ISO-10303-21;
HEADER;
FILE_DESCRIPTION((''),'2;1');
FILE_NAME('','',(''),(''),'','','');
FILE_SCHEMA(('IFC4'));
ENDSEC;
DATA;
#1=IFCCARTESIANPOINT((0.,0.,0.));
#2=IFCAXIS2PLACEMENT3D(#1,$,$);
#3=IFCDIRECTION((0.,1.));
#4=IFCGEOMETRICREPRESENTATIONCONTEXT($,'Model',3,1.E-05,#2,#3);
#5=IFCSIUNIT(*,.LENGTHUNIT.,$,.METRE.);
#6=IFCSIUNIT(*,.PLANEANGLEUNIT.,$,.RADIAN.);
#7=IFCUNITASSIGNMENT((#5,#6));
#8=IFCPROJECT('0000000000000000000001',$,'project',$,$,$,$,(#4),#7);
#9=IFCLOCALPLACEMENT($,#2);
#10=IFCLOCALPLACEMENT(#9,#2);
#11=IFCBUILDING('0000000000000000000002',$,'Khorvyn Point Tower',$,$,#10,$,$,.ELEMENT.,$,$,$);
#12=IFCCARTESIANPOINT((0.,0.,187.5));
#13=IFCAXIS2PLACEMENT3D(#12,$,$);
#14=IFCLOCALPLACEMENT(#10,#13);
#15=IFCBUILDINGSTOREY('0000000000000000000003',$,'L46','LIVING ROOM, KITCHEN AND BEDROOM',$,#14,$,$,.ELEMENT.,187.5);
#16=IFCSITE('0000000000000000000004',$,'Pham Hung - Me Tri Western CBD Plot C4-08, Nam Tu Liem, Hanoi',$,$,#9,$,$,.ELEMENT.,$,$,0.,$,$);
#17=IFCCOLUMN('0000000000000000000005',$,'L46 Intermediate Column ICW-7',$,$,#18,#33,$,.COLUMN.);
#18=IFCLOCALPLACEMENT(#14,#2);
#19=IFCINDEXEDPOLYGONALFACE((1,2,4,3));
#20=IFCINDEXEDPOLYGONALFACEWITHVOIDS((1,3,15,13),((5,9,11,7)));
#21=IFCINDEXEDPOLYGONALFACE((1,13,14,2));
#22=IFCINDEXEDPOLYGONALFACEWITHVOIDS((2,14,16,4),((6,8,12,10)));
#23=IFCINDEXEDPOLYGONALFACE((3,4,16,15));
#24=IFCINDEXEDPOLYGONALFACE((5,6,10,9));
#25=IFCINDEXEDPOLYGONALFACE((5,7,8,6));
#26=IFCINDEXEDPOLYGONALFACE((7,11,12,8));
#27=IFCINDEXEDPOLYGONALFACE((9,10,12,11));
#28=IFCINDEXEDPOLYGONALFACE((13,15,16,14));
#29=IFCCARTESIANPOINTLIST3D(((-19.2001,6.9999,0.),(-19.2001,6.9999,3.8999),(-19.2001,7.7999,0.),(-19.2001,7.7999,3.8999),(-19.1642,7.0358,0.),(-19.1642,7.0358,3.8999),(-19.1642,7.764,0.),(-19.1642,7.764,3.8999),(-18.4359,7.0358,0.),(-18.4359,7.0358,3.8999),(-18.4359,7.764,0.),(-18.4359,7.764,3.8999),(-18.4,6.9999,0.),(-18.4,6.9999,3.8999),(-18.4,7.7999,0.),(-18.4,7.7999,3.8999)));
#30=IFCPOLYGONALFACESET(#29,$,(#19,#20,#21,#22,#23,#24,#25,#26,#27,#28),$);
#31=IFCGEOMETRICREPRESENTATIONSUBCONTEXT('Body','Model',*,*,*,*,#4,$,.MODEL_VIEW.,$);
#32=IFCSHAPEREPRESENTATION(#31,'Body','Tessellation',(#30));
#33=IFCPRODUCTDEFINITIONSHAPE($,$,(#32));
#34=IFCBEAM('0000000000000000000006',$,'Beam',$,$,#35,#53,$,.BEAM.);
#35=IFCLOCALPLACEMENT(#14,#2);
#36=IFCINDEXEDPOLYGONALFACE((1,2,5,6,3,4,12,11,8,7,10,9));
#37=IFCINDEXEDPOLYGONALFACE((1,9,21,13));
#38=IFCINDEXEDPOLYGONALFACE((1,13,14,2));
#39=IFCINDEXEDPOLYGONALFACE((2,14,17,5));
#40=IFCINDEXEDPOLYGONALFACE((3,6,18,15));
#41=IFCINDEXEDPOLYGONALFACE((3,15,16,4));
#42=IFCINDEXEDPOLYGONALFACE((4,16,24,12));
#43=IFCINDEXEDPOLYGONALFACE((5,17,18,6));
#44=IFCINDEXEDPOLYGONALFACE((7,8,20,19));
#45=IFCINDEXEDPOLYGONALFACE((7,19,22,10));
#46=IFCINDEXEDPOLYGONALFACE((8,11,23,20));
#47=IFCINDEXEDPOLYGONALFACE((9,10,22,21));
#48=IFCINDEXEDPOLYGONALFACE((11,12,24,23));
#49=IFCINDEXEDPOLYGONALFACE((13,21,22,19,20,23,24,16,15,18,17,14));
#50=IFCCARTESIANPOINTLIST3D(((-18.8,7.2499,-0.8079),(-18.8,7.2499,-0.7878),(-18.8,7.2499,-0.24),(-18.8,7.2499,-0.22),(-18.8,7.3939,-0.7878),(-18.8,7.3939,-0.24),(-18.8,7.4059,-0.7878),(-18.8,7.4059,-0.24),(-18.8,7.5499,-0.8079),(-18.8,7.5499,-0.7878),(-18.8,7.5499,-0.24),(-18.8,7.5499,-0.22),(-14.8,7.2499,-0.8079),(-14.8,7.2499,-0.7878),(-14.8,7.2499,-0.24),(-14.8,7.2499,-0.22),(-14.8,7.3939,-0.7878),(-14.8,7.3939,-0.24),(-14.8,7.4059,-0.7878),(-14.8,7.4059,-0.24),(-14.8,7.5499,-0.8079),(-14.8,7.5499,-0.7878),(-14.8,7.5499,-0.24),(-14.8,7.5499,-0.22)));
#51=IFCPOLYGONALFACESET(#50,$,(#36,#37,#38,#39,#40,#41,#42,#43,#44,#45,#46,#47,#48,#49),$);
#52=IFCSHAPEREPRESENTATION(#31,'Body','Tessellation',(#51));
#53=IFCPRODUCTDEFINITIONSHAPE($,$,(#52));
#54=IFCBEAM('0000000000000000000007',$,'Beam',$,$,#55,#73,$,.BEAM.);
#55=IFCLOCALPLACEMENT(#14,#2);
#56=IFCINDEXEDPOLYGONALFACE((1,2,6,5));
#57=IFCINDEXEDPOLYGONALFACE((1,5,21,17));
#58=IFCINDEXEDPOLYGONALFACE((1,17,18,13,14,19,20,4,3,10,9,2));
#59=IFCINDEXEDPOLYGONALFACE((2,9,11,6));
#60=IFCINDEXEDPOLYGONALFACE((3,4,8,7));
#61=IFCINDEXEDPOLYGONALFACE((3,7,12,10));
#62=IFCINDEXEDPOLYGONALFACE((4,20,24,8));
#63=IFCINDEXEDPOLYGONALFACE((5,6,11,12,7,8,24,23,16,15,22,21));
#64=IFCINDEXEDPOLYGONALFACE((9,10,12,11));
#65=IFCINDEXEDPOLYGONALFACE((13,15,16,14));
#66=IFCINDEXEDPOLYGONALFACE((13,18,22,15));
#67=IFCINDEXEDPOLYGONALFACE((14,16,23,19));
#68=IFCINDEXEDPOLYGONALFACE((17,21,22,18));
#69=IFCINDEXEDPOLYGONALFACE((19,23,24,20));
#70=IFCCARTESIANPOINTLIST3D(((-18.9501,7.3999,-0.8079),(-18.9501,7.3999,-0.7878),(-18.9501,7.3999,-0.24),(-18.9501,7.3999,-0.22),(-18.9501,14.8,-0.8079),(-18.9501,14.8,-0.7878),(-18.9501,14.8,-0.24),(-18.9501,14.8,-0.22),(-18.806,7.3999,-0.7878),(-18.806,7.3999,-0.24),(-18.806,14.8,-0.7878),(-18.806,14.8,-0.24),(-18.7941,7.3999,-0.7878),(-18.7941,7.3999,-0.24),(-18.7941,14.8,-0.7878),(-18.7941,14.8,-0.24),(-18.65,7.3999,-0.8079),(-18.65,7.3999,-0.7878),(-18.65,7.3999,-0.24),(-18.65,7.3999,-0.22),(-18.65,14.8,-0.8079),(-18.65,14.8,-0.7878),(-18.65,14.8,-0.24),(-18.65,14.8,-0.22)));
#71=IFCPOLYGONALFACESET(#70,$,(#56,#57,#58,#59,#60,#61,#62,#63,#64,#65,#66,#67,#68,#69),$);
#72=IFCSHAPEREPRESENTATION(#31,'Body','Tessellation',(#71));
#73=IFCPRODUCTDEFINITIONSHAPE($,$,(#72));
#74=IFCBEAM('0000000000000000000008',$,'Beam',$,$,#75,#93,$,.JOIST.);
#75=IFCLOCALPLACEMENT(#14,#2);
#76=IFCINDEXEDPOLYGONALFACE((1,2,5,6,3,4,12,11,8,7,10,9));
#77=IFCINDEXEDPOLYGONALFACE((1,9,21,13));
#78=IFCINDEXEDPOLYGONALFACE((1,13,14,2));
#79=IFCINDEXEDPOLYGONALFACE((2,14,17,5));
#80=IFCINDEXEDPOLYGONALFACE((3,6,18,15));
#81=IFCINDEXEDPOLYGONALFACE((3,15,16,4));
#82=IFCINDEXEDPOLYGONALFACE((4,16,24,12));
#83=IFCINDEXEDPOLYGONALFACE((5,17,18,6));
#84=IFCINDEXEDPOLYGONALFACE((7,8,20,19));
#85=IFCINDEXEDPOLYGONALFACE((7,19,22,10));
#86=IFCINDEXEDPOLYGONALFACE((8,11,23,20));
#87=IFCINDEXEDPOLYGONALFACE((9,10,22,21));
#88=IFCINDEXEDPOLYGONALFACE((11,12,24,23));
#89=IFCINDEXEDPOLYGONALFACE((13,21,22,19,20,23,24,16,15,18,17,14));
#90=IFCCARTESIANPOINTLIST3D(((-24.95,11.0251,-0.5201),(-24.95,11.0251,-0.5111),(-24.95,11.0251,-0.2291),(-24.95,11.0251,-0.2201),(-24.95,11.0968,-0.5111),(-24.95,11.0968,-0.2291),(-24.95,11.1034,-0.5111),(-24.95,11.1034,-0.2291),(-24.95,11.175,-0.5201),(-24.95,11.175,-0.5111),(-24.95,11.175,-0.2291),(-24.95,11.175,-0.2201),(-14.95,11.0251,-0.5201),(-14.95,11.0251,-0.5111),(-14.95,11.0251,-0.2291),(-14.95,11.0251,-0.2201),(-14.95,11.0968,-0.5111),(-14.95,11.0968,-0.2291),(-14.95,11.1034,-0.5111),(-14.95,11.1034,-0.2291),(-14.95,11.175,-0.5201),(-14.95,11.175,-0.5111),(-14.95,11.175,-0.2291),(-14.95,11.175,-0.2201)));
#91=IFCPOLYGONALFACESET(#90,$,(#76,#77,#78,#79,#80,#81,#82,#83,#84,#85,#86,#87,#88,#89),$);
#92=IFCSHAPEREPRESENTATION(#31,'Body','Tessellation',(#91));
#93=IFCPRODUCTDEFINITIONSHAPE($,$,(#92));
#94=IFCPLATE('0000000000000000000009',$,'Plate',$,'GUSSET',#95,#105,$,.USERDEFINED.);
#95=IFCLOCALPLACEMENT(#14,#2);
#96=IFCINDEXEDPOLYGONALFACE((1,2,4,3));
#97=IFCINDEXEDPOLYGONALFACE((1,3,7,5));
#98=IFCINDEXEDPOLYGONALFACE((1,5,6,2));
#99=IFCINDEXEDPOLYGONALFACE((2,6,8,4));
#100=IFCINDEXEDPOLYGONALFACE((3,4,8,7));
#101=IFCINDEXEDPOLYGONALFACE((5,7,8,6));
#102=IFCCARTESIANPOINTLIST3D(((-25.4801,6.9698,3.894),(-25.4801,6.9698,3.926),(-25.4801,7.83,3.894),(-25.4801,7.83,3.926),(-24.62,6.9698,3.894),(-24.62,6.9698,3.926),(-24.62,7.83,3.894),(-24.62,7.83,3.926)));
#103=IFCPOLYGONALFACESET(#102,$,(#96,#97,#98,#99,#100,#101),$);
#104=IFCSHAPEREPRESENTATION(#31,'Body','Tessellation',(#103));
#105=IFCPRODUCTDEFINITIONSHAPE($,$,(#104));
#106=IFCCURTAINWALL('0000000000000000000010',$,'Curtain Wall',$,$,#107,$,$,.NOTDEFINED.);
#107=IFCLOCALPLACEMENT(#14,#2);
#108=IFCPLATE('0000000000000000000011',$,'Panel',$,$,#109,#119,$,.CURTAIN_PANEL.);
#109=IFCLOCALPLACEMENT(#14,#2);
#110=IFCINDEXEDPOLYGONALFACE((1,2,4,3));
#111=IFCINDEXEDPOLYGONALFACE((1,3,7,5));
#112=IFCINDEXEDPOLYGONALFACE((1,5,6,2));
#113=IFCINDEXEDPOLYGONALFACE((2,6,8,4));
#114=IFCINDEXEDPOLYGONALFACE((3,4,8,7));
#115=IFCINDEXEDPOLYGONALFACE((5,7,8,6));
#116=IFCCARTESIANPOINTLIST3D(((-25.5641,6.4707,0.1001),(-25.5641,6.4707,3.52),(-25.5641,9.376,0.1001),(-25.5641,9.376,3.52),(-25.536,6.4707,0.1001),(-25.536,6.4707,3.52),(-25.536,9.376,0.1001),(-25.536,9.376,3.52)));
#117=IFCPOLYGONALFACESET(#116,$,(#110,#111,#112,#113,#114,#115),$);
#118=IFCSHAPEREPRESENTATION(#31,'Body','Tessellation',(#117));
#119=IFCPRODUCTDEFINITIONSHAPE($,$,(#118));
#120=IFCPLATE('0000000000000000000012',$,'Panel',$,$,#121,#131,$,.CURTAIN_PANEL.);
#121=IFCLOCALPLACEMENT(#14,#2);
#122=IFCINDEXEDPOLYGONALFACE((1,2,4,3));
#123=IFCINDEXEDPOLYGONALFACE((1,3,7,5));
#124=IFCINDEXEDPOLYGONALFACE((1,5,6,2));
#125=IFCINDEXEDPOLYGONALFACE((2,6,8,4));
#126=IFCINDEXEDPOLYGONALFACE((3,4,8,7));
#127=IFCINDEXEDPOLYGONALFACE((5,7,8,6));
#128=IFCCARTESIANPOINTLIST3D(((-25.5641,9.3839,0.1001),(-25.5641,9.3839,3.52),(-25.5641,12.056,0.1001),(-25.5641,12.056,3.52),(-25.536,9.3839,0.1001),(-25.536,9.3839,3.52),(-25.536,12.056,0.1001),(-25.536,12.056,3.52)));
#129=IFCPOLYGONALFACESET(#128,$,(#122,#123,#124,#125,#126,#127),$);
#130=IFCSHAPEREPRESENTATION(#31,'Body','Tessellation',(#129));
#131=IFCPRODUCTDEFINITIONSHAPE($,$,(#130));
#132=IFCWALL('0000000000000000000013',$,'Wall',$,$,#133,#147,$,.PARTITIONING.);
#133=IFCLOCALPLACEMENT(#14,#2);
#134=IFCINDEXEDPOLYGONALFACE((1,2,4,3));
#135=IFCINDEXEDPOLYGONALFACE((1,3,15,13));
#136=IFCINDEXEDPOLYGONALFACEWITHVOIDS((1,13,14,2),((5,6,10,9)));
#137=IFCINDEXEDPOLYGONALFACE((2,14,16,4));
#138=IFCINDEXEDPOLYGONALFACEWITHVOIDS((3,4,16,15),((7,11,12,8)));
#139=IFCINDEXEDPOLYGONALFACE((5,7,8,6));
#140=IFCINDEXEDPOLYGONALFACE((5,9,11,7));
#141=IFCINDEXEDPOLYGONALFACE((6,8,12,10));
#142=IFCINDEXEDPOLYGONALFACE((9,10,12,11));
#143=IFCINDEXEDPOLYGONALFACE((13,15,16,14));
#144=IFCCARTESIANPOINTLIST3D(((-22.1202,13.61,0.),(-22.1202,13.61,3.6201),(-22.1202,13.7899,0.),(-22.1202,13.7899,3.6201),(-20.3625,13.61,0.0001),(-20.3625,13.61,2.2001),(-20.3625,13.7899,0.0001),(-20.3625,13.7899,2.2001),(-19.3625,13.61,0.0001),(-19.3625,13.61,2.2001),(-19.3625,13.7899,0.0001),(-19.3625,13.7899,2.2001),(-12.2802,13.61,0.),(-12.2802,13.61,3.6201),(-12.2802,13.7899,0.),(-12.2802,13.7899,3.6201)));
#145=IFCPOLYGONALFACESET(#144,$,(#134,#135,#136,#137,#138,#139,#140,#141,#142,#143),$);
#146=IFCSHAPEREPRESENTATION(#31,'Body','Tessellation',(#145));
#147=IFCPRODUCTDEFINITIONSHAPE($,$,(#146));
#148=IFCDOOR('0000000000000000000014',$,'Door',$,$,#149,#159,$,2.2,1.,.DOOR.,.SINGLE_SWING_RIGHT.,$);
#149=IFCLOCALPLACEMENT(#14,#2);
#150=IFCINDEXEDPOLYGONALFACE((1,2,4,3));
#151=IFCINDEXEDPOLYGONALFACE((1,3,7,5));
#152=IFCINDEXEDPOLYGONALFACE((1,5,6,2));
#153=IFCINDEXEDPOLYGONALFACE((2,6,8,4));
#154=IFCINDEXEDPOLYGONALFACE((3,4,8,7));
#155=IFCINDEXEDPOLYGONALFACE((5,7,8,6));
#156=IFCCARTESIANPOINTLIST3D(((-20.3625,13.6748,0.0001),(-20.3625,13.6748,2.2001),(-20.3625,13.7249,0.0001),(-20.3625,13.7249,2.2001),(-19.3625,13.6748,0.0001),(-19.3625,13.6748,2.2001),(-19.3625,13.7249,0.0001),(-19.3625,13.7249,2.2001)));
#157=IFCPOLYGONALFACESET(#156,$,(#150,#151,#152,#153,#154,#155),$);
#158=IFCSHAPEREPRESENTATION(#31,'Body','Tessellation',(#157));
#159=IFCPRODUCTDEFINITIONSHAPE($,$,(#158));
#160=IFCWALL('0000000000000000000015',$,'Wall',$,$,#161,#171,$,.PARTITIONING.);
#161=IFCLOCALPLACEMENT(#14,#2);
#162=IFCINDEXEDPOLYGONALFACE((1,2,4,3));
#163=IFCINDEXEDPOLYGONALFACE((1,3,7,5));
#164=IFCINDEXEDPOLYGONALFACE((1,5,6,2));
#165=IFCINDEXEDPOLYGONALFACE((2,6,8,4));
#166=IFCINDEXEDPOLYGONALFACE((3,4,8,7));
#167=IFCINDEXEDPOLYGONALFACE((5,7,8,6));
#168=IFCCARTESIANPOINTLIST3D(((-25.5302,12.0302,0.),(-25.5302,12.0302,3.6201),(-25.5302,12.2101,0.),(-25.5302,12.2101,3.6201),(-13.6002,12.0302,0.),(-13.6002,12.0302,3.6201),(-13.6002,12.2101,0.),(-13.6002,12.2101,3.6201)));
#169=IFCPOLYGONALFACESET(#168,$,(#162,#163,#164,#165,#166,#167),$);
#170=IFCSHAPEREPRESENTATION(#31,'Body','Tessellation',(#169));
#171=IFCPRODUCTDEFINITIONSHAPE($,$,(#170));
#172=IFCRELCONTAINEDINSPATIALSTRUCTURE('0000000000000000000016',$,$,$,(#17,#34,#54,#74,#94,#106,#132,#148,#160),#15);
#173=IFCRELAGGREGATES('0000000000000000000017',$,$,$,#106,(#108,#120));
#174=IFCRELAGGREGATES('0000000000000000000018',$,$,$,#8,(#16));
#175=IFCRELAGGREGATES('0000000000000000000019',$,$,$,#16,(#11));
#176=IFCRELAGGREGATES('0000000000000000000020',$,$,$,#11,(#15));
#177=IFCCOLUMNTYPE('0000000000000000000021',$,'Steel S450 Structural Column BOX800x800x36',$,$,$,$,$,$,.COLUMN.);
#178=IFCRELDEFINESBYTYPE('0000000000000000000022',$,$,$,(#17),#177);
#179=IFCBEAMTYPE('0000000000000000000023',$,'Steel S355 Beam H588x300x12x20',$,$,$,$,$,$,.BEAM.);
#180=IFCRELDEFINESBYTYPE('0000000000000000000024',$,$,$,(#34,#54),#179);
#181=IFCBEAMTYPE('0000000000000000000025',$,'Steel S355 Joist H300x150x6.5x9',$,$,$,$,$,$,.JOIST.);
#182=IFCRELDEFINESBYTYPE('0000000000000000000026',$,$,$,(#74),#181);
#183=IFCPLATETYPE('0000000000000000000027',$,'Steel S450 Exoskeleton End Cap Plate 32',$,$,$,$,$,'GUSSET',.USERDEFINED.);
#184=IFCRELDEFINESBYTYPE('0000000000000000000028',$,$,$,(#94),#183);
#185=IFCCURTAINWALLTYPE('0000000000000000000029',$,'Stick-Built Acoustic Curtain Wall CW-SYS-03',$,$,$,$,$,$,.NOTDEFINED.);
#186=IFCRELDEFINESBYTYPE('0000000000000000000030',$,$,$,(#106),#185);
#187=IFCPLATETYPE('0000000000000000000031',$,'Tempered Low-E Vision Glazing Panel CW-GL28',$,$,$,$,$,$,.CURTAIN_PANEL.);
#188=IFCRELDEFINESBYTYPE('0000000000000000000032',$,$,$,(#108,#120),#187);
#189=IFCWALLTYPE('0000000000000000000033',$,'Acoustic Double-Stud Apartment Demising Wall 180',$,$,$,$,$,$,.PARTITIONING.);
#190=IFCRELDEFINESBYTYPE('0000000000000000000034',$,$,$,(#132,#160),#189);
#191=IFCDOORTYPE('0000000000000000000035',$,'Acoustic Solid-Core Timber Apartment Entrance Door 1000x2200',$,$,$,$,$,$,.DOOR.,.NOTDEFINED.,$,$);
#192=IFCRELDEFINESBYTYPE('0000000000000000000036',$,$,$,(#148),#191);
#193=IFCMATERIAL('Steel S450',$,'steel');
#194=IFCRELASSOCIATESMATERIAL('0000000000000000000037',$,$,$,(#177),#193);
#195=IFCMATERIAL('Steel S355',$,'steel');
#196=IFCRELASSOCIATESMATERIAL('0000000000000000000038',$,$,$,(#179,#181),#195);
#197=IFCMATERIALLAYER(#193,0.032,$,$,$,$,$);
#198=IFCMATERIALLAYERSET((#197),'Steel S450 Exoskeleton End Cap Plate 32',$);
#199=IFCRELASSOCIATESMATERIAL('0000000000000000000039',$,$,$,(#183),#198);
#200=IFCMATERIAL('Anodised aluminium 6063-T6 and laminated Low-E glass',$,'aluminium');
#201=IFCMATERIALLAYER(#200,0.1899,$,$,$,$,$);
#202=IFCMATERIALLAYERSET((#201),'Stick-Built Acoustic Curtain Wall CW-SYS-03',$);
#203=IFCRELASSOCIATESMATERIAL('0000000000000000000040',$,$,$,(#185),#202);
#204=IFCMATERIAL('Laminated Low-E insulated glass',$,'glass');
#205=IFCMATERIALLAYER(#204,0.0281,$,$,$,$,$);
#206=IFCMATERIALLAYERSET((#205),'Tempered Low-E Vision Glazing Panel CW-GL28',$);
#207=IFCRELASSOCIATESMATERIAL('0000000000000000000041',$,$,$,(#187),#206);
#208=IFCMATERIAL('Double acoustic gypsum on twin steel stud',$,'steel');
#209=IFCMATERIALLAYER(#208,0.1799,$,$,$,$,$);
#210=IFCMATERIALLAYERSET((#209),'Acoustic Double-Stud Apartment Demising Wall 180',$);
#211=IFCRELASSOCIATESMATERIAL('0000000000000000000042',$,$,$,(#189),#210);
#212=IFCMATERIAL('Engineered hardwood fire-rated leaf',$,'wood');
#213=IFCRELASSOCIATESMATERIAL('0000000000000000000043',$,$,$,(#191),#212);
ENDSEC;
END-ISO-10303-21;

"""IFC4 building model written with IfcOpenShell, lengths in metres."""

from ifc_helpers import new_model, si_unit, direction, frame, frame_2d, origin, origin_2d, place, context, subcontext, project, spatial, rectangle, hollow_rectangle, i_section, extrude, material, layer, layer_set, material_profile, profile_set, type_object, element, fill, aggregate, save


model = new_model("IFC4")

# Units and contexts
model_context = context("Model", 3, precision=1e-05, world=origin(), true_north=direction((0.0, 1.0)))
body_context = subcontext(model_context, "Body", "Model", "MODEL_VIEW")
ifc_project = project(units=[si_unit("LENGTHUNIT", "METRE"), si_unit("PLANEANGLEUNIT", "RADIAN")], contexts=[model_context])

# Site, building, storey
site_placement = place(None, origin())
site = spatial("IfcSite", under=ifc_project, at=site_placement, Name="Pham Hung - Me Tri Western CBD Plot C4-08, Nam Tu Liem, Hanoi", CompositionType="ELEMENT", RefElevation=0.0)
building_placement = place(site_placement, origin())
building = spatial("IfcBuilding", under=site, at=building_placement, Name="Khorvyn Point Tower", CompositionType="ELEMENT")
storey_placement = place(building_placement, frame((0.0, 0.0, 187.5)))
storey = spatial("IfcBuildingStorey", under=building, at=storey_placement, Name="L46", Description="LIVING ROOM, KITCHEN AND BEDROOM", CompositionType="ELEMENT", Elevation=187.5)

# Column
ifc_material_1 = material(Name="Steel S450", Category="steel")
ifc_material_profile_1 = material_profile(ifc_material_1, hollow_rectangle(XDim=0.8, YDim=0.8, WallThickness=0.0359, at=origin_2d()))
ifc_profile_set_1 = profile_set([ifc_material_profile_1], Name="Steel S450 BOX800x800x36")
column_type = type_object("IfcColumnType", Name="Steel S450 Structural Column BOX800x800x36", PredefinedType="COLUMN", material=ifc_profile_set_1)
column_placement = place(storey_placement, frame((-18.8, 7.3999, 0.0), z_axis=(0.0, 0.0, 1.0), x_axis=(1.0, 0.0, 0.0)))
element("IfcColumn", 1, at=column_placement, inside=storey, type_object=column_type, Name="L46 Intermediate Column ICW-7", PredefinedType="COLUMN", context=body_context, shape_type="SweptSolid", body=[
    extrude(hollow_rectangle(XDim=0.8, YDim=0.8, WallThickness=0.0359, at=origin_2d()), origin(), (0.0, 0.0, 1.0), 3.8999),
])

# Beams
ifc_material_2 = material(Name="Steel S355", Category="steel")
ifc_material_profile_2 = material_profile(ifc_material_2, i_section(OverallWidth=0.3, OverallDepth=0.5879, WebThickness=0.012, FlangeThickness=0.02, at=origin_2d()))
ifc_profile_set_2 = profile_set([ifc_material_profile_2], Name="Steel S355 H588x300x12x20")
beam_type_1 = type_object("IfcBeamType", Name="Steel S355 Beam H588x300x12x20", PredefinedType="BEAM", material=ifc_profile_set_2)
beam_1_placement = place(storey_placement, frame((-18.8, 7.3999, -0.5139), z_axis=(1.0, 0.0, 0.0), x_axis=(0.0, 1.0, 0.0)))
element("IfcBeam", 2, at=beam_1_placement, inside=storey, type_object=beam_type_1, Name="Beam", PredefinedType="BEAM", context=body_context, shape_type="SweptSolid", body=[
    extrude(i_section(OverallWidth=0.3, OverallDepth=0.5879, WebThickness=0.012, FlangeThickness=0.02, at=origin_2d()), origin(), (0.0, 0.0, 1.0), 4.0),
])
beam_2_placement = place(storey_placement, frame((-18.8, 7.3999, -0.5139), z_axis=(0.0, 1.0, 0.0), x_axis=(-1.0, 0.0, 0.0)))
element("IfcBeam", 3, at=beam_2_placement, inside=storey, type_object=beam_type_1, Name="Beam", PredefinedType="BEAM", context=body_context, shape_type="SweptSolid", body=[
    extrude(i_section(OverallWidth=0.3, OverallDepth=0.5879, WebThickness=0.012, FlangeThickness=0.02, at=origin_2d()), origin(), (0.0, 0.0, 1.0), 7.4001),
])
ifc_material_profile_3 = material_profile(ifc_material_2, i_section(OverallWidth=0.1499, OverallDepth=0.3, WebThickness=0.0066, FlangeThickness=0.009, at=origin_2d()))
ifc_profile_set_3 = profile_set([ifc_material_profile_3], Name="Steel S355 H300x150x6.5x9")
beam_type_2 = type_object("IfcBeamType", Name="Steel S355 Joist H300x150x6.5x9", PredefinedType="JOIST", material=ifc_profile_set_3)
beam_3_placement = place(storey_placement, frame((-24.95, 11.1001, -0.3701), z_axis=(1.0, 0.0, 0.0), x_axis=(0.0, 1.0, 0.0)))
element("IfcBeam", 4, at=beam_3_placement, inside=storey, type_object=beam_type_2, Name="Beam", PredefinedType="JOIST", context=body_context, shape_type="SweptSolid", body=[
    extrude(i_section(OverallWidth=0.1499, OverallDepth=0.3, WebThickness=0.0066, FlangeThickness=0.009, at=origin_2d()), origin(), (0.0, 0.0, 1.0), 10.0),
])

# Plate
ifc_layer_1 = layer(ifc_material_1, 0.032)
ifc_layer_set_1 = layer_set([ifc_layer_1], Name="Steel S450 Exoskeleton End Cap Plate 32")
plate_type_1 = type_object("IfcPlateType", Name="Steel S450 Exoskeleton End Cap Plate 32", ElementType="GUSSET", PredefinedType="USERDEFINED", material=ifc_layer_set_1)
plate_1_placement = place(storey_placement, frame((-25.05, 7.3999, 3.894), z_axis=(0.0, 0.0, 1.0), x_axis=(1.0, 0.0, 0.0)))
element("IfcPlate", 5, at=plate_1_placement, inside=storey, type_object=plate_type_1, Name="Plate", ObjectType="GUSSET", PredefinedType="USERDEFINED", context=body_context, shape_type="SweptSolid", body=[
    extrude(rectangle(XDim=0.8601, YDim=0.8601, at=origin_2d()), origin(), (0.0, 0.0, 1.0), 0.032),
])

# Curtain wall, plates
ifc_material_3 = material(Name="Anodised aluminium 6063-T6 and laminated Low-E glass", Category="aluminium")
ifc_layer_2 = layer(ifc_material_3, 0.1899)
ifc_layer_set_2 = layer_set([ifc_layer_2], Name="Stick-Built Acoustic Curtain Wall CW-SYS-03")
curtain_wall_type = type_object("IfcCurtainWallType", Name="Stick-Built Acoustic Curtain Wall CW-SYS-03", PredefinedType="NOTDEFINED", material=ifc_layer_set_2)
curtain_wall_placement = place(storey_placement, origin())
curtain_wall = element("IfcCurtainWall", 6, at=curtain_wall_placement, inside=storey, type_object=curtain_wall_type, Name="Curtain Wall", PredefinedType="NOTDEFINED")
ifc_material_4 = material(Name="Laminated Low-E insulated glass", Category="glass")
ifc_layer_3 = layer(ifc_material_4, 0.0281)
ifc_layer_set_3 = layer_set([ifc_layer_3], Name="Tempered Low-E Vision Glazing Panel CW-GL28")
plate_type_2 = type_object("IfcPlateType", Name="Tempered Low-E Vision Glazing Panel CW-GL28", PredefinedType="CURTAIN_PANEL", material=ifc_layer_set_3)
plate_2_placement = place(storey_placement, frame((-25.55, 7.9233, 0.1001), z_axis=(0.0, 0.0, 1.0), x_axis=(0.0, 1.0, 0.0)))
plate_2 = element("IfcPlate", 7, at=plate_2_placement, type_object=plate_type_2, Name="Panel", PredefinedType="CURTAIN_PANEL", context=body_context, shape_type="SweptSolid", body=[
    extrude(rectangle(XDim=2.9053, YDim=0.0281, at=origin_2d()), origin(), (0.0, 0.0, 1.0), 3.4199),
])
plate_3_placement = place(storey_placement, frame((-25.55, 10.72, 0.1001), z_axis=(0.0, 0.0, 1.0), x_axis=(0.0, 1.0, 0.0)))
plate_3 = element("IfcPlate", 8, at=plate_3_placement, type_object=plate_type_2, Name="Panel", PredefinedType="CURTAIN_PANEL", context=body_context, shape_type="SweptSolid", body=[
    extrude(rectangle(XDim=2.6721, YDim=0.0281, at=origin_2d()), origin(), (0.0, 0.0, 1.0), 3.4199),
])
aggregate(curtain_wall, [plate_2, plate_3])

# Wall, opening, door
ifc_material_5 = material(Name="Double acoustic gypsum on twin steel stud", Category="steel")
ifc_layer_4 = layer(ifc_material_5, 0.1799)
ifc_layer_set_4 = layer_set([ifc_layer_4], Name="Acoustic Double-Stud Apartment Demising Wall 180")
wall_type_1 = type_object("IfcWallType", Name="Acoustic Double-Stud Apartment Demising Wall 180", PredefinedType="PARTITIONING", material=ifc_layer_set_4)
wall_1_placement = place(storey_placement, frame((-22.1201, 13.7, 0.0), z_axis=(0.0, 0.0, 1.0), x_axis=(1.0, 0.0, 0.0)))
wall_1 = element("IfcWall", 9, at=wall_1_placement, inside=storey, type_object=wall_type_1, Name="Wall", PredefinedType="PARTITIONING", context=body_context, shape_type="SweptSolid", body=[
    extrude(rectangle(XDim=9.8401, YDim=0.1799, at=frame_2d((4.9199, 0.0))), origin(), (0.0, 0.0, 1.0), 3.6201),
])
opening_1_placement = place(wall_1_placement, frame((1.7576, 0.0, 0.0)))
opening_1 = element("IfcOpeningElement", 10, at=opening_1_placement, cuts=wall_1, PredefinedType="OPENING", context=body_context, shape_type="SweptSolid", body=[
    extrude(rectangle(XDim=1.0, YDim=2.2, at=frame_2d((0.5, 1.1001))), frame((0.0, 0.0999, 0.0), z_axis=(0.0, -1.0, 0.0), x_axis=(1.0, 0.0, 0.0)), (0.0, 0.0, 1.0), 0.2),
])
ifc_material_6 = material(Name="Engineered hardwood fire-rated leaf", Category="wood")
door_type_1 = type_object("IfcDoorType", Name="Acoustic Solid-Core Timber Apartment Entrance Door 1000x2200", OperationType="NOTDEFINED", PredefinedType="DOOR", material=ifc_material_6)
door_1_placement = place(opening_1_placement, origin())
door_1 = element("IfcDoor", 11, at=door_1_placement, inside=storey, type_object=door_type_1, Name="Door", OperationType="SINGLE_SWING_RIGHT", OverallHeight=2.2, OverallWidth=1.0, PredefinedType="DOOR", context=body_context, shape_type="SweptSolid", body=[
    extrude(rectangle(XDim=1.0, YDim=2.2, at=frame_2d((0.5, 1.1001))), frame((0.0, 0.0249, 0.0), z_axis=(0.0, -1.0, 0.0), x_axis=(1.0, 0.0, 0.0)), (0.0, 0.0, 1.0), 0.05),
])
fill(opening_1, door_1)

# Wall
wall_2_placement = place(storey_placement, frame((-25.53, 12.1201, 0.0), z_axis=(0.0, 0.0, 1.0), x_axis=(1.0, 0.0, 0.0)))
element("IfcWall", 12, at=wall_2_placement, inside=storey, type_object=wall_type_1, Name="Wall", PredefinedType="PARTITIONING", context=body_context, shape_type="SweptSolid", body=[
    extrude(rectangle(XDim=11.9299, YDim=0.1799, at=frame_2d((5.9648, 0.0))), origin(), (0.0, 0.0, 1.0), 3.6201),
])

save(model, "model.ifc")
